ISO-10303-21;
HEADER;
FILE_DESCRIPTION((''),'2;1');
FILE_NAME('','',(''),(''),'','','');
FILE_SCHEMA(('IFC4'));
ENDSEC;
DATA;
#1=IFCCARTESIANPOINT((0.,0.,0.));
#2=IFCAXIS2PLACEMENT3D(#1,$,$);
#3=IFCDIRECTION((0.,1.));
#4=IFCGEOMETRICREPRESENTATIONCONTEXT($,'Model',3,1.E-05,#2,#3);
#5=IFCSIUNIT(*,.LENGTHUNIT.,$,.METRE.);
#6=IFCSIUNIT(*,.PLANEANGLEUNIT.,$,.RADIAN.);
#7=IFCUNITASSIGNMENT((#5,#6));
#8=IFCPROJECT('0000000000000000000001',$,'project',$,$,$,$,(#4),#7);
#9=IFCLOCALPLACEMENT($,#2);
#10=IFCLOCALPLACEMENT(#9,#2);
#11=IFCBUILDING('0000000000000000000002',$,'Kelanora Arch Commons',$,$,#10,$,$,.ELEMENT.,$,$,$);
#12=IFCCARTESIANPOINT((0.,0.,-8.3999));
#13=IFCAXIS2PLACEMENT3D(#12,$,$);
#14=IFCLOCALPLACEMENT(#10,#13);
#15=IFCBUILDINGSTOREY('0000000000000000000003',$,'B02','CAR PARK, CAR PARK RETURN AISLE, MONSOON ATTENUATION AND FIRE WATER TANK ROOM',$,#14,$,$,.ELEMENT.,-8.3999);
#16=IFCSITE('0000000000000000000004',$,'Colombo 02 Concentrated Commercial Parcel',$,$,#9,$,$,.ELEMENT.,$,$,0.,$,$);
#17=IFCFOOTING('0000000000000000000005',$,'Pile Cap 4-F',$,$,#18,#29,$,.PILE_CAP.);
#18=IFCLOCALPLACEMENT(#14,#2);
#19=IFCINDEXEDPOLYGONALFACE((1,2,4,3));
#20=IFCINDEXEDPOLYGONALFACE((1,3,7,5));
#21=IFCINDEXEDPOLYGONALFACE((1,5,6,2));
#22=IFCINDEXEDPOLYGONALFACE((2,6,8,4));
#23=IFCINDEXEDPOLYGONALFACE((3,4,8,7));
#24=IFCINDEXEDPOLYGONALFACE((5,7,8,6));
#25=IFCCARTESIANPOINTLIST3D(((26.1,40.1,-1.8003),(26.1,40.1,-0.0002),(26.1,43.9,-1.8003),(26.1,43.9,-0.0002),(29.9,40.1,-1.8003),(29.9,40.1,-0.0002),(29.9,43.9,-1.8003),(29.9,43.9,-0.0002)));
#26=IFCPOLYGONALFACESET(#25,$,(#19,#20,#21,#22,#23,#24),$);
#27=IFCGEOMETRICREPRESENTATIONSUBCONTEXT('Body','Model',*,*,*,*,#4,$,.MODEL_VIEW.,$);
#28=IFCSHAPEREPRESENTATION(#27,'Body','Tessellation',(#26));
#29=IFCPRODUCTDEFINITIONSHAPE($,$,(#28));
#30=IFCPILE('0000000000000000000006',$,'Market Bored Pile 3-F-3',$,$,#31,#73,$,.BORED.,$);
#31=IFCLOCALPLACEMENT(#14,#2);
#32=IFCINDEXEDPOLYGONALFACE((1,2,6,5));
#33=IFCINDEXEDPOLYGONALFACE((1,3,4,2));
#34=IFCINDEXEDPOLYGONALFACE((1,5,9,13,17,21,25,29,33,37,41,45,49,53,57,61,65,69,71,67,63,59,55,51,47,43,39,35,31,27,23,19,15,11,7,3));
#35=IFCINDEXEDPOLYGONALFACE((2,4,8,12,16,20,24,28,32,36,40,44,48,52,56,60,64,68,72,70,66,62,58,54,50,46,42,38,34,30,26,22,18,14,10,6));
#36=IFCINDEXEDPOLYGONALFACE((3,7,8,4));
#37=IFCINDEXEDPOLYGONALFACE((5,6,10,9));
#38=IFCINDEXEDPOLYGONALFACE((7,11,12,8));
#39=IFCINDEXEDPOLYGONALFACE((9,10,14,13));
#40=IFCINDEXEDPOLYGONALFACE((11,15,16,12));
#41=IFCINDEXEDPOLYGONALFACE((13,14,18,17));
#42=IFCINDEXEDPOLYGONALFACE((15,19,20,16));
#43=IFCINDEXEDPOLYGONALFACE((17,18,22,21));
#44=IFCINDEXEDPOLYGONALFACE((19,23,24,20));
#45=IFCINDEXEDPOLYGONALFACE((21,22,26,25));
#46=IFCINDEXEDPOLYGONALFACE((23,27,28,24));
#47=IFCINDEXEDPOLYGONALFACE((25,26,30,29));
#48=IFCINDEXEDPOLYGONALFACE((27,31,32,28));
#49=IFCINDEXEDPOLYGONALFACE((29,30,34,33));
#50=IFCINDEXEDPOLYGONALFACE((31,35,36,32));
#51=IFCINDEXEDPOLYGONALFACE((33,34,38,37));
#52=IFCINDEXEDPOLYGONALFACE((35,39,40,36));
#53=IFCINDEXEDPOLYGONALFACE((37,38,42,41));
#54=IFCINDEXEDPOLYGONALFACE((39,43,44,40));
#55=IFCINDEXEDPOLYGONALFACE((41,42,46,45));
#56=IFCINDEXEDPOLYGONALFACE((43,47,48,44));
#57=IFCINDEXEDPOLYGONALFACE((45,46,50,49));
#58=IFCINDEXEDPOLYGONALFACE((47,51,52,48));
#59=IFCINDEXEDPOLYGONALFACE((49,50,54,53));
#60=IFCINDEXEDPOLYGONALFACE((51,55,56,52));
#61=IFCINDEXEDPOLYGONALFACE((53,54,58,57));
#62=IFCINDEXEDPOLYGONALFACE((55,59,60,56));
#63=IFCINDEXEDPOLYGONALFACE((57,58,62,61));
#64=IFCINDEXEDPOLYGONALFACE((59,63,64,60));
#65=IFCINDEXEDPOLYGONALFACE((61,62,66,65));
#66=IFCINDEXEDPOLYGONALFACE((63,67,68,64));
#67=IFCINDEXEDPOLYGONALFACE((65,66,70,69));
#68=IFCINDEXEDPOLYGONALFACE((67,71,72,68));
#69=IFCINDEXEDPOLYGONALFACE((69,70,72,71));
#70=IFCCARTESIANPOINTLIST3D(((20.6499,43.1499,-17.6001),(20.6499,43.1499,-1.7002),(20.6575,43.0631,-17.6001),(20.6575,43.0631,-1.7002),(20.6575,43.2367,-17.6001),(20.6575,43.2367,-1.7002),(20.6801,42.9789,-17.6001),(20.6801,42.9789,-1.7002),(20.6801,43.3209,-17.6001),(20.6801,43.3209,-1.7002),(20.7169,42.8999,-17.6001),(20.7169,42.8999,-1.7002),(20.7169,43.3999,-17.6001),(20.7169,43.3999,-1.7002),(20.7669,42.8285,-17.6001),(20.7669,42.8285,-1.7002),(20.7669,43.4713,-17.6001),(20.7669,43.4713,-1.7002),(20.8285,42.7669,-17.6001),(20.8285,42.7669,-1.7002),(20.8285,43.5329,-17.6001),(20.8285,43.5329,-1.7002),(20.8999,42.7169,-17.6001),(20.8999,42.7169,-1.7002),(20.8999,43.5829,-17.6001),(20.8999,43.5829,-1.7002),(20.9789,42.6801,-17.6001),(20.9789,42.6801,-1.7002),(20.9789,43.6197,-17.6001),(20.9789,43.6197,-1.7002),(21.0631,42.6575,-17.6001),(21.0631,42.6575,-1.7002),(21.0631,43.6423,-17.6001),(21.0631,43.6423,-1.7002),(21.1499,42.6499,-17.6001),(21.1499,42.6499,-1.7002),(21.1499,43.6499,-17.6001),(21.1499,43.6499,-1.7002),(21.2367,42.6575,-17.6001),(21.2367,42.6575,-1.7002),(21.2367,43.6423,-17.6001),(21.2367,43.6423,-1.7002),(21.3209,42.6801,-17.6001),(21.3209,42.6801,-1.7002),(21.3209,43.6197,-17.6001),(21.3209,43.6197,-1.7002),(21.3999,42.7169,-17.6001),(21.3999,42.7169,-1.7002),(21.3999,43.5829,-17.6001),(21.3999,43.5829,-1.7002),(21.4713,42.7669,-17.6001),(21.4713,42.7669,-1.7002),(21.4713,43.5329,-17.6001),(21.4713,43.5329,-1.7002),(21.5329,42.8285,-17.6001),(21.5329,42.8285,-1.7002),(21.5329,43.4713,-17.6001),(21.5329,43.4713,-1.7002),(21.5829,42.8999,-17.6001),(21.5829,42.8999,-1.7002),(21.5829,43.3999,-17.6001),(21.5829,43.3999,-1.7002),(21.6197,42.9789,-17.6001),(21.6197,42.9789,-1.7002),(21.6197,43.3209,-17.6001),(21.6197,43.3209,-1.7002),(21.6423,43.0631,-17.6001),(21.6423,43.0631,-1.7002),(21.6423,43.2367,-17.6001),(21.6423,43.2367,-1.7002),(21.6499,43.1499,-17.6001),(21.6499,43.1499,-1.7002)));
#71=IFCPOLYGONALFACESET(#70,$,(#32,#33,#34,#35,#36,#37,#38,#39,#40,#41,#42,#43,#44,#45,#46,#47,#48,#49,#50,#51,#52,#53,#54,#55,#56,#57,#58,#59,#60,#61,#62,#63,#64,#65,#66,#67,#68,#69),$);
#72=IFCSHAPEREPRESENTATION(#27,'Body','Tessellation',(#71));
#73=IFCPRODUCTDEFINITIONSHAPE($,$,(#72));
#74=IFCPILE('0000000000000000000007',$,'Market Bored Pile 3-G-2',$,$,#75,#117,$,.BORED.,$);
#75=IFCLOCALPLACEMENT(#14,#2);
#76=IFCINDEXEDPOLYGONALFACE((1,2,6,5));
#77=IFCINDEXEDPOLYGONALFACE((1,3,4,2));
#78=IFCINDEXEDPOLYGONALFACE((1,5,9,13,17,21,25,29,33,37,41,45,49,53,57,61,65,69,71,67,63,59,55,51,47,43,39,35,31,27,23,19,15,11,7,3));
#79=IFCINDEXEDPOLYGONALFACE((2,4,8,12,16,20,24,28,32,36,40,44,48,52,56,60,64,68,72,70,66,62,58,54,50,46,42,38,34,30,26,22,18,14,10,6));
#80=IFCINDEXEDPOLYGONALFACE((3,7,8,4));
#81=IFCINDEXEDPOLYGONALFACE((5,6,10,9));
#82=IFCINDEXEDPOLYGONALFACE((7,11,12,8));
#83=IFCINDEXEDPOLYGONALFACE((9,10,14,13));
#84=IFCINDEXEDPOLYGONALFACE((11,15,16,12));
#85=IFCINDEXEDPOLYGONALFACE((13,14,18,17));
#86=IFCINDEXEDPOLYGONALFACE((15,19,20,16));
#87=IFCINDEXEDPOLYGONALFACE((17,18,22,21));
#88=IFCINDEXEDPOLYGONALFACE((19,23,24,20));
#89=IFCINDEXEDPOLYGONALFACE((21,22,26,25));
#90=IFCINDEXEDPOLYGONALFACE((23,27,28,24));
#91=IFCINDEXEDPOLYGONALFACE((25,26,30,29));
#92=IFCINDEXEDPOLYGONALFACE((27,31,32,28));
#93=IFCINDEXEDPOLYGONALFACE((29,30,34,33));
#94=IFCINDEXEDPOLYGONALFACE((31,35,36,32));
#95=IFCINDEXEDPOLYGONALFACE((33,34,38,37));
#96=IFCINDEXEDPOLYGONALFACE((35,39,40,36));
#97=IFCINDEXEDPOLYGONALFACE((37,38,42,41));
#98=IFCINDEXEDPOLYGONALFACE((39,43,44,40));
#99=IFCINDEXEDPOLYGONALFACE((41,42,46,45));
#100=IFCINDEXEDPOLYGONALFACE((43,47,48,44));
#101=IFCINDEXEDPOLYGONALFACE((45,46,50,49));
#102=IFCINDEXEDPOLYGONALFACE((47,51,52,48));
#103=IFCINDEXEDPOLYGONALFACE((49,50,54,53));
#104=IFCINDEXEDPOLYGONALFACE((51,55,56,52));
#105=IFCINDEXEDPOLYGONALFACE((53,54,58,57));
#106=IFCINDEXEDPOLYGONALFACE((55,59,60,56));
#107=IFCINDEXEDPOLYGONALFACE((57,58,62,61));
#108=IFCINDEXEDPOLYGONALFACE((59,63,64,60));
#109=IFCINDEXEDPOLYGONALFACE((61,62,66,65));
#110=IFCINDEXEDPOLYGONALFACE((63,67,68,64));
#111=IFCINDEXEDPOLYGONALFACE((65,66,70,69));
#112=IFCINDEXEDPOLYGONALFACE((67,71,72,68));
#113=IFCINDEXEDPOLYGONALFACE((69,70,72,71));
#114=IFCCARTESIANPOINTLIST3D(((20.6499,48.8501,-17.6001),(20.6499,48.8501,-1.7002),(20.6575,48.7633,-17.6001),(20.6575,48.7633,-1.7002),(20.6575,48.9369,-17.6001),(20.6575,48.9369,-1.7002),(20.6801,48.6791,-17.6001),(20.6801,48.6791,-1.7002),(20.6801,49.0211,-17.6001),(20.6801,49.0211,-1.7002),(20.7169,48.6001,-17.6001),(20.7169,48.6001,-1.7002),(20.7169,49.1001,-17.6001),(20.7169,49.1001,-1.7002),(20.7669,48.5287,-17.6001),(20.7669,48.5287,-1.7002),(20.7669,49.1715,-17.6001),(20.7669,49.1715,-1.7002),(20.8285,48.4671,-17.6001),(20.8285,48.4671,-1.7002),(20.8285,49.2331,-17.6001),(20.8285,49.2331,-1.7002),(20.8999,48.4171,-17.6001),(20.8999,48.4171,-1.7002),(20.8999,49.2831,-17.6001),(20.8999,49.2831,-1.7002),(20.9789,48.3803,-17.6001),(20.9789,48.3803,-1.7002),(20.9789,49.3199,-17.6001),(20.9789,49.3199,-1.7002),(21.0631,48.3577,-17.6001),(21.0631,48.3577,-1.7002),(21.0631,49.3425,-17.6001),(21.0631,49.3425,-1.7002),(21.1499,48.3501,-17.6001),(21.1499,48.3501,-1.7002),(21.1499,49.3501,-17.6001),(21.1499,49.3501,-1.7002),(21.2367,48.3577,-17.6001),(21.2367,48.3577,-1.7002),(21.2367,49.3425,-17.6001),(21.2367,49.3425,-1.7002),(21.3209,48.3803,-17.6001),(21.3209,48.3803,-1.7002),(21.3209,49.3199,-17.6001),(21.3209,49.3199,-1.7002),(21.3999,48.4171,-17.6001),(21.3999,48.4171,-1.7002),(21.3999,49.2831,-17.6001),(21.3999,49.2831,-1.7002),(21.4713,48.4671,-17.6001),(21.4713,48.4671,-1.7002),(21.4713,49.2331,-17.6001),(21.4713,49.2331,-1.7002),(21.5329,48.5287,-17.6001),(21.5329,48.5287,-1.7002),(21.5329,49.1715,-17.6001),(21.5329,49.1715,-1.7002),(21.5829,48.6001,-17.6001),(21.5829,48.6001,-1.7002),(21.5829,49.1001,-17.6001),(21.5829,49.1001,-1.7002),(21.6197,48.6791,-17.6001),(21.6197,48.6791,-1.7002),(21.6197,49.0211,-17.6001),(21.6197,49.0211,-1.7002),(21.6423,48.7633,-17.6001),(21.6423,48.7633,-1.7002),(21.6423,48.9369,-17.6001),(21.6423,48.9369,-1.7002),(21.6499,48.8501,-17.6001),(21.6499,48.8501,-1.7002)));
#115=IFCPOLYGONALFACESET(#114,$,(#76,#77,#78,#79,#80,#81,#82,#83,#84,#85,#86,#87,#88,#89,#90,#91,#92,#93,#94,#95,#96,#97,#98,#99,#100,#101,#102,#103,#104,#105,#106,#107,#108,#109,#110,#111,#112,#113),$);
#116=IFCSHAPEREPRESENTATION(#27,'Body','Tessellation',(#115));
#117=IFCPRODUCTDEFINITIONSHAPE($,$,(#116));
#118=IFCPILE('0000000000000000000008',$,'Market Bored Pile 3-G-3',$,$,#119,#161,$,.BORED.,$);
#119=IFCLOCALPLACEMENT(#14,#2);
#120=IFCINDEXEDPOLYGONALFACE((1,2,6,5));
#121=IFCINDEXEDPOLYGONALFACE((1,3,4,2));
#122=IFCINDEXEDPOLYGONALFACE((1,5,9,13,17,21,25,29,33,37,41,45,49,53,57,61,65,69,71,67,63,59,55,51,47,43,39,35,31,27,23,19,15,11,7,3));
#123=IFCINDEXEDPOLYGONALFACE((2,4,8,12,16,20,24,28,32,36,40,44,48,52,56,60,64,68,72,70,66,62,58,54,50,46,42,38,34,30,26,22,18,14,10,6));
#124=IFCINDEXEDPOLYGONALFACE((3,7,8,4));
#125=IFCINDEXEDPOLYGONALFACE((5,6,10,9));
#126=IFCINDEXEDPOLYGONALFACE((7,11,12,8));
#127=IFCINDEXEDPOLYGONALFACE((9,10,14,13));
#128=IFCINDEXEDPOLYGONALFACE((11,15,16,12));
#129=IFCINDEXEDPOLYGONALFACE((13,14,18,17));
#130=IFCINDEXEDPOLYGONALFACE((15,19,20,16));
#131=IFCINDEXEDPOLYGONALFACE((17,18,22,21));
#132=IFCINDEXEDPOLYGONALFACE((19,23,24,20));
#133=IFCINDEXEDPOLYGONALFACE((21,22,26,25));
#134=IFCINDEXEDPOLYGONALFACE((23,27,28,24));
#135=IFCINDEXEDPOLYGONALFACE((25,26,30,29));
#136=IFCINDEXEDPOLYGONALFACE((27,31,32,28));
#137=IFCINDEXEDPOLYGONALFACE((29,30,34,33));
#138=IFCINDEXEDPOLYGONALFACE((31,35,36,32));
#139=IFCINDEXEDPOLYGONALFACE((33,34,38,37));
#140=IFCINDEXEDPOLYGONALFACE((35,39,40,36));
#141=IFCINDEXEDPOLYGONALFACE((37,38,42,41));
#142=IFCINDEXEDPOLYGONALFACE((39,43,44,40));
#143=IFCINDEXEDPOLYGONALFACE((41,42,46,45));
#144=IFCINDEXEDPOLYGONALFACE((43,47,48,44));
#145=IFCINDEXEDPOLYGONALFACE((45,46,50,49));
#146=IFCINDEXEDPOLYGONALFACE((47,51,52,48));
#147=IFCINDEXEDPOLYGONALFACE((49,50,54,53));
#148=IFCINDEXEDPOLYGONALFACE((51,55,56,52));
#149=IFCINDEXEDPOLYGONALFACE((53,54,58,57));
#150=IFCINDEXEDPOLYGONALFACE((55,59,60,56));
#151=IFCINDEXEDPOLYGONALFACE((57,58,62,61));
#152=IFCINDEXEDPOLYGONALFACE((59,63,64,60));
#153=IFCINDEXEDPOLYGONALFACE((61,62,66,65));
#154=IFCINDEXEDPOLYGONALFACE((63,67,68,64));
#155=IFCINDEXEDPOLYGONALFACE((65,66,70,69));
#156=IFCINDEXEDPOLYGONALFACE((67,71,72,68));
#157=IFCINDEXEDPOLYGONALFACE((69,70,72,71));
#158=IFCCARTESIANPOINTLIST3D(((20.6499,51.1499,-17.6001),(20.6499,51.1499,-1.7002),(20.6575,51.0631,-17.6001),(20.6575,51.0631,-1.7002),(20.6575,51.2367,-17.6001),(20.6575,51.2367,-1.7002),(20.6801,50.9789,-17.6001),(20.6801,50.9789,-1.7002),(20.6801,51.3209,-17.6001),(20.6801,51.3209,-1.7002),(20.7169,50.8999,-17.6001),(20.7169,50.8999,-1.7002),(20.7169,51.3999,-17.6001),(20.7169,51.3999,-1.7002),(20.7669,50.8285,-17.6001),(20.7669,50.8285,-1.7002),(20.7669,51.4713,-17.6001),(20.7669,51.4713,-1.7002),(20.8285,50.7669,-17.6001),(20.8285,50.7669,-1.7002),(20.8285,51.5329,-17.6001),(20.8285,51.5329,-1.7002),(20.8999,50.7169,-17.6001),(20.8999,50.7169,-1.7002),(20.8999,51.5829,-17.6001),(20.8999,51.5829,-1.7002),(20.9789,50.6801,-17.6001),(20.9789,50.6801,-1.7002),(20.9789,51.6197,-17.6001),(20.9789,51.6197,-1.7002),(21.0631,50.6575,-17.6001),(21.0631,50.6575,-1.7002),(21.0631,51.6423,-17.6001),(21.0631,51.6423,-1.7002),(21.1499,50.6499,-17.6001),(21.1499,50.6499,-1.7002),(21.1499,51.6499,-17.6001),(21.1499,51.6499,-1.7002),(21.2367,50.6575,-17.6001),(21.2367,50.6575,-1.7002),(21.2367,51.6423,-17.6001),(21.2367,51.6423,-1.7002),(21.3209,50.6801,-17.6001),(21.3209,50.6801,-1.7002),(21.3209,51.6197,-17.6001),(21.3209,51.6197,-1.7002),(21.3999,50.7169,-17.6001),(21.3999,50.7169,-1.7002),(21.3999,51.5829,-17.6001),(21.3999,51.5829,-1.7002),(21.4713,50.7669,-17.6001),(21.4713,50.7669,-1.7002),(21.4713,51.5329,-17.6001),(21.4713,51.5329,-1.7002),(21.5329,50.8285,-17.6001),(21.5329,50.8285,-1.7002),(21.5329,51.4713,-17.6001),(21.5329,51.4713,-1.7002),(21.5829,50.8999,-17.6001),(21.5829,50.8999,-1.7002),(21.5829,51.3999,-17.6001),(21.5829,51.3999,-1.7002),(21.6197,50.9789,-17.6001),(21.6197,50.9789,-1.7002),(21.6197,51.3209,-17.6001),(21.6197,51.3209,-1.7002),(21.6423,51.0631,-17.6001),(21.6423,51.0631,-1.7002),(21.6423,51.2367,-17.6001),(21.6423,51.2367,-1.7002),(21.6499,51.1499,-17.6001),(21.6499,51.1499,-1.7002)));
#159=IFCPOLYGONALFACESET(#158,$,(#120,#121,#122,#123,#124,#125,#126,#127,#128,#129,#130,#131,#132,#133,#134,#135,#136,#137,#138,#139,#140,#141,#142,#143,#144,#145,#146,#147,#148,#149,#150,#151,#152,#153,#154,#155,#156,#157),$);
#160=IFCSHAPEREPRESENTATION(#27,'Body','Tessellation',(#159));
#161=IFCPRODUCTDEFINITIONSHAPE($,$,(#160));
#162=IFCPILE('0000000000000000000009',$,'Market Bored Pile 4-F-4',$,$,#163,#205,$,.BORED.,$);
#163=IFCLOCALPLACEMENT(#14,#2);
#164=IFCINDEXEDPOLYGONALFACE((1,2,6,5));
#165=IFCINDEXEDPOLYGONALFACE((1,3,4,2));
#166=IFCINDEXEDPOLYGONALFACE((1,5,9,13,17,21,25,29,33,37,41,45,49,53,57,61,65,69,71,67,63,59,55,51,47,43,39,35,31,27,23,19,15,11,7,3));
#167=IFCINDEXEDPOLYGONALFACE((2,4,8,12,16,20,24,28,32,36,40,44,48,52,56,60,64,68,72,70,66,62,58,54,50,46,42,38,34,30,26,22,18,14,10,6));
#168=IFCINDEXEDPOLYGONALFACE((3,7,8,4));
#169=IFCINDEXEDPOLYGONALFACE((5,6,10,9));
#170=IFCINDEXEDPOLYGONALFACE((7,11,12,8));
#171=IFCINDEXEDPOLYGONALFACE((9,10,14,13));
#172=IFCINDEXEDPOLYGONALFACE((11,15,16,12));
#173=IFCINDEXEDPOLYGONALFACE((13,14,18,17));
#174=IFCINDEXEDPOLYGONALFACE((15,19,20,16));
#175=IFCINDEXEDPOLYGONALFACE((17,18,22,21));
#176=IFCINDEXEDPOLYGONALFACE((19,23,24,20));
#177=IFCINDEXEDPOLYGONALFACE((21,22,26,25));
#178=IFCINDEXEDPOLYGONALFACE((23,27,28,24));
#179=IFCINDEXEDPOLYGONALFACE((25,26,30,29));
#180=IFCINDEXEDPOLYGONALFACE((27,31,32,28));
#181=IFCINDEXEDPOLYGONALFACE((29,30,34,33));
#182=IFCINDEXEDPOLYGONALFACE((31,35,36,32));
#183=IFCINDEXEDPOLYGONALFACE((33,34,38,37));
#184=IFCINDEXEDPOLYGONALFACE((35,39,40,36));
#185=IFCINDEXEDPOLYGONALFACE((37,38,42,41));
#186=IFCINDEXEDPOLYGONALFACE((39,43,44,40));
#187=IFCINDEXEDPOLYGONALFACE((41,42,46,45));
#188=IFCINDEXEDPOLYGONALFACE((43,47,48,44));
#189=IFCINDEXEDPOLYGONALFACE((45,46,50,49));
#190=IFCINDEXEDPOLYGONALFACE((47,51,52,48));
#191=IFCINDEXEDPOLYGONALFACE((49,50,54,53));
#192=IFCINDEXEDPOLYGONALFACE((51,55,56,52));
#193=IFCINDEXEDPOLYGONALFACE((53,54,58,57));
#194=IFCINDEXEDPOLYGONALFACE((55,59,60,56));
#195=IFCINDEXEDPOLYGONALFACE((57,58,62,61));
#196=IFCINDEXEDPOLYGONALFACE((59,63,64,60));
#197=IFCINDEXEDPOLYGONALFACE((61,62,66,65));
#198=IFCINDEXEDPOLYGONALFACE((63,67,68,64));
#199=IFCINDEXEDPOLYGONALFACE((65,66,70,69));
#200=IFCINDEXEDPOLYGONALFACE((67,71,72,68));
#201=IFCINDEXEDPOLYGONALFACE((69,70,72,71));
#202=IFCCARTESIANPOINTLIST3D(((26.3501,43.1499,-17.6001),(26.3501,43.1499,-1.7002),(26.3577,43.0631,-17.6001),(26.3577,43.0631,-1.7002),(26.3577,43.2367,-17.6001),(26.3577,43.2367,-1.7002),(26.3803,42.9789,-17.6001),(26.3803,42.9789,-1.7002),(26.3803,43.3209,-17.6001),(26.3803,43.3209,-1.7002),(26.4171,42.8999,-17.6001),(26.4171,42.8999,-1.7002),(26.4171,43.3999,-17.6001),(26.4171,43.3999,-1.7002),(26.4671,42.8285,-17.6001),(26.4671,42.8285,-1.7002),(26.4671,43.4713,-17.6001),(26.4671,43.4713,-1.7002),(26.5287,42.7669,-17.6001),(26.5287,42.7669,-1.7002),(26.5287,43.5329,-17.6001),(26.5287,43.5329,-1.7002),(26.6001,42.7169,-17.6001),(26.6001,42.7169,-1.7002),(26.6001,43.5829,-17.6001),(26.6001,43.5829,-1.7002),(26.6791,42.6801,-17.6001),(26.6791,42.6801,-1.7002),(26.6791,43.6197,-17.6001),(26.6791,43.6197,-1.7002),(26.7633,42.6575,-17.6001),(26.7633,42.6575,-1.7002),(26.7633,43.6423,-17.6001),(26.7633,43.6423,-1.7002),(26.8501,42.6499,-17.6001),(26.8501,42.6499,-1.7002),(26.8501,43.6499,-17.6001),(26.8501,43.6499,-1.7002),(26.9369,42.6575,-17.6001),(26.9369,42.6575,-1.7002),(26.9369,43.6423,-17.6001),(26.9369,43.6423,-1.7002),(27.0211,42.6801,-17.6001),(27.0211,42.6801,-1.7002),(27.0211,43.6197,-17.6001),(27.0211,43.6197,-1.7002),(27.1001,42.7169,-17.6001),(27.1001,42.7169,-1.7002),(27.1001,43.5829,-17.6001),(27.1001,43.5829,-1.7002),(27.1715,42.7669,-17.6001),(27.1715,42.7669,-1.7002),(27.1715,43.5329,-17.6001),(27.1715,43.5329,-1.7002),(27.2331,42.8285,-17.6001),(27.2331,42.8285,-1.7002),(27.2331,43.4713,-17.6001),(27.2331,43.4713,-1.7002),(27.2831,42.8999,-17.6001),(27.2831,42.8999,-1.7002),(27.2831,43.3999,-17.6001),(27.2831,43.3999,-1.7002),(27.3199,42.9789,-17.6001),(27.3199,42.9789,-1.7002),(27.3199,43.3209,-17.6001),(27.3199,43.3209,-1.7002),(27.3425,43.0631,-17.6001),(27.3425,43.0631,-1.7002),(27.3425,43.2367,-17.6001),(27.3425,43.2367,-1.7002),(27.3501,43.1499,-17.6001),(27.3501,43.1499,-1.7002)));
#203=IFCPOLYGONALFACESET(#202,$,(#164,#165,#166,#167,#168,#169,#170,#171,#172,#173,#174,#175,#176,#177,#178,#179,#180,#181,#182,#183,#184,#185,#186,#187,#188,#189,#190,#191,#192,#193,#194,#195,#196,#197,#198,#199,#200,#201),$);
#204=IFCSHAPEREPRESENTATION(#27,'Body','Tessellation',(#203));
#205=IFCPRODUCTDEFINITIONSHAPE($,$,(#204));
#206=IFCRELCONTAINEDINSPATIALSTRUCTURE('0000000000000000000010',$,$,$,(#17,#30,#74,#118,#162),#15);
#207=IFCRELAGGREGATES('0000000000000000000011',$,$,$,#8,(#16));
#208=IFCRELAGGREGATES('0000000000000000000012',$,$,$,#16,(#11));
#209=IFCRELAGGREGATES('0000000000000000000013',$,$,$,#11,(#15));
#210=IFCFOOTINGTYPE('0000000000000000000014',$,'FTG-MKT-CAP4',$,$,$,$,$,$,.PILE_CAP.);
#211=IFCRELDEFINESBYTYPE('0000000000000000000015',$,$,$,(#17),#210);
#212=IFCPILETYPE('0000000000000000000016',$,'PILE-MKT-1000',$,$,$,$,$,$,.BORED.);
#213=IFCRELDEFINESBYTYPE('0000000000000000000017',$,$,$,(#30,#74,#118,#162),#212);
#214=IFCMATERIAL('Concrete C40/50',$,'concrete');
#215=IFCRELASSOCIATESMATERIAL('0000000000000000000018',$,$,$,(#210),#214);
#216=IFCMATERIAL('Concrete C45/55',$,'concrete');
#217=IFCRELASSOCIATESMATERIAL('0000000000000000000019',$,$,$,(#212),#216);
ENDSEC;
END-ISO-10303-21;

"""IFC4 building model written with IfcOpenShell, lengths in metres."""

from ifc_helpers import new_model, si_unit, direction, frame, origin, origin_2d, place, context, subcontext, project, spatial, rectangle, circle, extrude, source, transform, mapped, material, material_profile, profile_set, type_object, element, save


model = new_model("IFC4")

# Units and contexts
model_context = context("Model", 3, precision=1e-05, world=origin(), true_north=direction((0.0, 1.0)))
body_context = subcontext(model_context, "Body", "Model", "MODEL_VIEW")
ifc_project = project(units=[si_unit("LENGTHUNIT", "METRE"), si_unit("PLANEANGLEUNIT", "RADIAN")], contexts=[model_context])

# Site, building, storey
site_placement = place(None, origin())
site = spatial("IfcSite", under=ifc_project, at=site_placement, Name="Colombo 02 Concentrated Commercial Parcel", CompositionType="ELEMENT", RefElevation=0.0)
building_placement = place(site_placement, origin())
building = spatial("IfcBuilding", under=site, at=building_placement, Name="Kelanora Arch Commons", CompositionType="ELEMENT")
storey_placement = place(building_placement, frame((0.0, 0.0, -8.3999)))
storey = spatial("IfcBuildingStorey", under=building, at=storey_placement, Name="B02", Description="CAR PARK, CAR PARK RETURN AISLE, MONSOON ATTENUATION AND FIRE WATER TANK ROOM", CompositionType="ELEMENT", Elevation=-8.3999)

# Footing
ifc_material_1 = material(Name="Concrete C40/50", Category="concrete")
footing_type_1 = type_object("IfcFootingType", Name="FTG-MKT-CAP4", PredefinedType="PILE_CAP", material=ifc_material_1)
shared_shape_1 = source(origin(), body_context, "Body", "SweptSolid", [
    extrude(rectangle(XDim=3.8, YDim=3.8, at=origin_2d()), origin(), (0.0, 0.0, 1.0), 1.8),
])
footing_placement = place(storey_placement, frame((28.0, 42.0, -1.8003), z_axis=(0.0, 0.0, 1.0), x_axis=(1.0, 0.0, 0.0)))
element("IfcFooting", 1, at=footing_placement, inside=storey, type_object=footing_type_1, Name="Pile Cap 4-F", PredefinedType="PILE_CAP", context=body_context, shape_type="MappedRepresentation", body=[
    mapped(shared_shape_1, transform((0.0, 0.0, 0.0), scale=1.0)),
])

# Piles
ifc_material_2 = material(Name="Concrete C45/55", Category="concrete")
ifc_material_profile_1 = material_profile(ifc_material_2, circle(Radius=0.5, at=origin_2d()), Name="PILE1000")
ifc_profile_set_1 = profile_set([ifc_material_profile_1], Name="Concrete C45/55")
pile_type = type_object("IfcPileType", Name="PILE-MKT-1000", PredefinedType="BORED", material=ifc_profile_set_1)
shared_shape_2 = source(origin(), body_context, "Body", "SweptSolid", [
    extrude(circle(Radius=0.5, at=origin_2d()), origin(), (0.0, 0.0, 1.0), 15.8999),
])
for number, where, z_axis, x_axis, name in (
    (2, (21.1499, 43.1499, -1.7002), (0.0, 0.0, -1.0), (1.0, 0.0, 0.0), "Market Bored Pile 3-F-3"),
    (3, (21.1499, 48.8501, -1.7002), (0.0, 0.0, -1.0), (1.0, 0.0, 0.0), "Market Bored Pile 3-G-2"),
    (4, (21.1499, 51.1499, -1.7002), (0.0, 0.0, -1.0), (1.0, 0.0, 0.0), "Market Bored Pile 3-G-3"),
    (5, (26.8501, 43.1499, -1.7002), (0.0, 0.0, -1.0), (1.0, 0.0, 0.0), "Market Bored Pile 4-F-4"),
):
    element("IfcPile", number, at=place(storey_placement, frame(where, z_axis=z_axis, x_axis=x_axis)), inside=storey, type_object=pile_type, Name=name, PredefinedType="BORED", context=body_context, shape_type="MappedRepresentation", body=[
        mapped(shared_shape_2, transform((0.0, 0.0, 0.0), scale=1.0)),
    ])

save(model, "model.ifc")
